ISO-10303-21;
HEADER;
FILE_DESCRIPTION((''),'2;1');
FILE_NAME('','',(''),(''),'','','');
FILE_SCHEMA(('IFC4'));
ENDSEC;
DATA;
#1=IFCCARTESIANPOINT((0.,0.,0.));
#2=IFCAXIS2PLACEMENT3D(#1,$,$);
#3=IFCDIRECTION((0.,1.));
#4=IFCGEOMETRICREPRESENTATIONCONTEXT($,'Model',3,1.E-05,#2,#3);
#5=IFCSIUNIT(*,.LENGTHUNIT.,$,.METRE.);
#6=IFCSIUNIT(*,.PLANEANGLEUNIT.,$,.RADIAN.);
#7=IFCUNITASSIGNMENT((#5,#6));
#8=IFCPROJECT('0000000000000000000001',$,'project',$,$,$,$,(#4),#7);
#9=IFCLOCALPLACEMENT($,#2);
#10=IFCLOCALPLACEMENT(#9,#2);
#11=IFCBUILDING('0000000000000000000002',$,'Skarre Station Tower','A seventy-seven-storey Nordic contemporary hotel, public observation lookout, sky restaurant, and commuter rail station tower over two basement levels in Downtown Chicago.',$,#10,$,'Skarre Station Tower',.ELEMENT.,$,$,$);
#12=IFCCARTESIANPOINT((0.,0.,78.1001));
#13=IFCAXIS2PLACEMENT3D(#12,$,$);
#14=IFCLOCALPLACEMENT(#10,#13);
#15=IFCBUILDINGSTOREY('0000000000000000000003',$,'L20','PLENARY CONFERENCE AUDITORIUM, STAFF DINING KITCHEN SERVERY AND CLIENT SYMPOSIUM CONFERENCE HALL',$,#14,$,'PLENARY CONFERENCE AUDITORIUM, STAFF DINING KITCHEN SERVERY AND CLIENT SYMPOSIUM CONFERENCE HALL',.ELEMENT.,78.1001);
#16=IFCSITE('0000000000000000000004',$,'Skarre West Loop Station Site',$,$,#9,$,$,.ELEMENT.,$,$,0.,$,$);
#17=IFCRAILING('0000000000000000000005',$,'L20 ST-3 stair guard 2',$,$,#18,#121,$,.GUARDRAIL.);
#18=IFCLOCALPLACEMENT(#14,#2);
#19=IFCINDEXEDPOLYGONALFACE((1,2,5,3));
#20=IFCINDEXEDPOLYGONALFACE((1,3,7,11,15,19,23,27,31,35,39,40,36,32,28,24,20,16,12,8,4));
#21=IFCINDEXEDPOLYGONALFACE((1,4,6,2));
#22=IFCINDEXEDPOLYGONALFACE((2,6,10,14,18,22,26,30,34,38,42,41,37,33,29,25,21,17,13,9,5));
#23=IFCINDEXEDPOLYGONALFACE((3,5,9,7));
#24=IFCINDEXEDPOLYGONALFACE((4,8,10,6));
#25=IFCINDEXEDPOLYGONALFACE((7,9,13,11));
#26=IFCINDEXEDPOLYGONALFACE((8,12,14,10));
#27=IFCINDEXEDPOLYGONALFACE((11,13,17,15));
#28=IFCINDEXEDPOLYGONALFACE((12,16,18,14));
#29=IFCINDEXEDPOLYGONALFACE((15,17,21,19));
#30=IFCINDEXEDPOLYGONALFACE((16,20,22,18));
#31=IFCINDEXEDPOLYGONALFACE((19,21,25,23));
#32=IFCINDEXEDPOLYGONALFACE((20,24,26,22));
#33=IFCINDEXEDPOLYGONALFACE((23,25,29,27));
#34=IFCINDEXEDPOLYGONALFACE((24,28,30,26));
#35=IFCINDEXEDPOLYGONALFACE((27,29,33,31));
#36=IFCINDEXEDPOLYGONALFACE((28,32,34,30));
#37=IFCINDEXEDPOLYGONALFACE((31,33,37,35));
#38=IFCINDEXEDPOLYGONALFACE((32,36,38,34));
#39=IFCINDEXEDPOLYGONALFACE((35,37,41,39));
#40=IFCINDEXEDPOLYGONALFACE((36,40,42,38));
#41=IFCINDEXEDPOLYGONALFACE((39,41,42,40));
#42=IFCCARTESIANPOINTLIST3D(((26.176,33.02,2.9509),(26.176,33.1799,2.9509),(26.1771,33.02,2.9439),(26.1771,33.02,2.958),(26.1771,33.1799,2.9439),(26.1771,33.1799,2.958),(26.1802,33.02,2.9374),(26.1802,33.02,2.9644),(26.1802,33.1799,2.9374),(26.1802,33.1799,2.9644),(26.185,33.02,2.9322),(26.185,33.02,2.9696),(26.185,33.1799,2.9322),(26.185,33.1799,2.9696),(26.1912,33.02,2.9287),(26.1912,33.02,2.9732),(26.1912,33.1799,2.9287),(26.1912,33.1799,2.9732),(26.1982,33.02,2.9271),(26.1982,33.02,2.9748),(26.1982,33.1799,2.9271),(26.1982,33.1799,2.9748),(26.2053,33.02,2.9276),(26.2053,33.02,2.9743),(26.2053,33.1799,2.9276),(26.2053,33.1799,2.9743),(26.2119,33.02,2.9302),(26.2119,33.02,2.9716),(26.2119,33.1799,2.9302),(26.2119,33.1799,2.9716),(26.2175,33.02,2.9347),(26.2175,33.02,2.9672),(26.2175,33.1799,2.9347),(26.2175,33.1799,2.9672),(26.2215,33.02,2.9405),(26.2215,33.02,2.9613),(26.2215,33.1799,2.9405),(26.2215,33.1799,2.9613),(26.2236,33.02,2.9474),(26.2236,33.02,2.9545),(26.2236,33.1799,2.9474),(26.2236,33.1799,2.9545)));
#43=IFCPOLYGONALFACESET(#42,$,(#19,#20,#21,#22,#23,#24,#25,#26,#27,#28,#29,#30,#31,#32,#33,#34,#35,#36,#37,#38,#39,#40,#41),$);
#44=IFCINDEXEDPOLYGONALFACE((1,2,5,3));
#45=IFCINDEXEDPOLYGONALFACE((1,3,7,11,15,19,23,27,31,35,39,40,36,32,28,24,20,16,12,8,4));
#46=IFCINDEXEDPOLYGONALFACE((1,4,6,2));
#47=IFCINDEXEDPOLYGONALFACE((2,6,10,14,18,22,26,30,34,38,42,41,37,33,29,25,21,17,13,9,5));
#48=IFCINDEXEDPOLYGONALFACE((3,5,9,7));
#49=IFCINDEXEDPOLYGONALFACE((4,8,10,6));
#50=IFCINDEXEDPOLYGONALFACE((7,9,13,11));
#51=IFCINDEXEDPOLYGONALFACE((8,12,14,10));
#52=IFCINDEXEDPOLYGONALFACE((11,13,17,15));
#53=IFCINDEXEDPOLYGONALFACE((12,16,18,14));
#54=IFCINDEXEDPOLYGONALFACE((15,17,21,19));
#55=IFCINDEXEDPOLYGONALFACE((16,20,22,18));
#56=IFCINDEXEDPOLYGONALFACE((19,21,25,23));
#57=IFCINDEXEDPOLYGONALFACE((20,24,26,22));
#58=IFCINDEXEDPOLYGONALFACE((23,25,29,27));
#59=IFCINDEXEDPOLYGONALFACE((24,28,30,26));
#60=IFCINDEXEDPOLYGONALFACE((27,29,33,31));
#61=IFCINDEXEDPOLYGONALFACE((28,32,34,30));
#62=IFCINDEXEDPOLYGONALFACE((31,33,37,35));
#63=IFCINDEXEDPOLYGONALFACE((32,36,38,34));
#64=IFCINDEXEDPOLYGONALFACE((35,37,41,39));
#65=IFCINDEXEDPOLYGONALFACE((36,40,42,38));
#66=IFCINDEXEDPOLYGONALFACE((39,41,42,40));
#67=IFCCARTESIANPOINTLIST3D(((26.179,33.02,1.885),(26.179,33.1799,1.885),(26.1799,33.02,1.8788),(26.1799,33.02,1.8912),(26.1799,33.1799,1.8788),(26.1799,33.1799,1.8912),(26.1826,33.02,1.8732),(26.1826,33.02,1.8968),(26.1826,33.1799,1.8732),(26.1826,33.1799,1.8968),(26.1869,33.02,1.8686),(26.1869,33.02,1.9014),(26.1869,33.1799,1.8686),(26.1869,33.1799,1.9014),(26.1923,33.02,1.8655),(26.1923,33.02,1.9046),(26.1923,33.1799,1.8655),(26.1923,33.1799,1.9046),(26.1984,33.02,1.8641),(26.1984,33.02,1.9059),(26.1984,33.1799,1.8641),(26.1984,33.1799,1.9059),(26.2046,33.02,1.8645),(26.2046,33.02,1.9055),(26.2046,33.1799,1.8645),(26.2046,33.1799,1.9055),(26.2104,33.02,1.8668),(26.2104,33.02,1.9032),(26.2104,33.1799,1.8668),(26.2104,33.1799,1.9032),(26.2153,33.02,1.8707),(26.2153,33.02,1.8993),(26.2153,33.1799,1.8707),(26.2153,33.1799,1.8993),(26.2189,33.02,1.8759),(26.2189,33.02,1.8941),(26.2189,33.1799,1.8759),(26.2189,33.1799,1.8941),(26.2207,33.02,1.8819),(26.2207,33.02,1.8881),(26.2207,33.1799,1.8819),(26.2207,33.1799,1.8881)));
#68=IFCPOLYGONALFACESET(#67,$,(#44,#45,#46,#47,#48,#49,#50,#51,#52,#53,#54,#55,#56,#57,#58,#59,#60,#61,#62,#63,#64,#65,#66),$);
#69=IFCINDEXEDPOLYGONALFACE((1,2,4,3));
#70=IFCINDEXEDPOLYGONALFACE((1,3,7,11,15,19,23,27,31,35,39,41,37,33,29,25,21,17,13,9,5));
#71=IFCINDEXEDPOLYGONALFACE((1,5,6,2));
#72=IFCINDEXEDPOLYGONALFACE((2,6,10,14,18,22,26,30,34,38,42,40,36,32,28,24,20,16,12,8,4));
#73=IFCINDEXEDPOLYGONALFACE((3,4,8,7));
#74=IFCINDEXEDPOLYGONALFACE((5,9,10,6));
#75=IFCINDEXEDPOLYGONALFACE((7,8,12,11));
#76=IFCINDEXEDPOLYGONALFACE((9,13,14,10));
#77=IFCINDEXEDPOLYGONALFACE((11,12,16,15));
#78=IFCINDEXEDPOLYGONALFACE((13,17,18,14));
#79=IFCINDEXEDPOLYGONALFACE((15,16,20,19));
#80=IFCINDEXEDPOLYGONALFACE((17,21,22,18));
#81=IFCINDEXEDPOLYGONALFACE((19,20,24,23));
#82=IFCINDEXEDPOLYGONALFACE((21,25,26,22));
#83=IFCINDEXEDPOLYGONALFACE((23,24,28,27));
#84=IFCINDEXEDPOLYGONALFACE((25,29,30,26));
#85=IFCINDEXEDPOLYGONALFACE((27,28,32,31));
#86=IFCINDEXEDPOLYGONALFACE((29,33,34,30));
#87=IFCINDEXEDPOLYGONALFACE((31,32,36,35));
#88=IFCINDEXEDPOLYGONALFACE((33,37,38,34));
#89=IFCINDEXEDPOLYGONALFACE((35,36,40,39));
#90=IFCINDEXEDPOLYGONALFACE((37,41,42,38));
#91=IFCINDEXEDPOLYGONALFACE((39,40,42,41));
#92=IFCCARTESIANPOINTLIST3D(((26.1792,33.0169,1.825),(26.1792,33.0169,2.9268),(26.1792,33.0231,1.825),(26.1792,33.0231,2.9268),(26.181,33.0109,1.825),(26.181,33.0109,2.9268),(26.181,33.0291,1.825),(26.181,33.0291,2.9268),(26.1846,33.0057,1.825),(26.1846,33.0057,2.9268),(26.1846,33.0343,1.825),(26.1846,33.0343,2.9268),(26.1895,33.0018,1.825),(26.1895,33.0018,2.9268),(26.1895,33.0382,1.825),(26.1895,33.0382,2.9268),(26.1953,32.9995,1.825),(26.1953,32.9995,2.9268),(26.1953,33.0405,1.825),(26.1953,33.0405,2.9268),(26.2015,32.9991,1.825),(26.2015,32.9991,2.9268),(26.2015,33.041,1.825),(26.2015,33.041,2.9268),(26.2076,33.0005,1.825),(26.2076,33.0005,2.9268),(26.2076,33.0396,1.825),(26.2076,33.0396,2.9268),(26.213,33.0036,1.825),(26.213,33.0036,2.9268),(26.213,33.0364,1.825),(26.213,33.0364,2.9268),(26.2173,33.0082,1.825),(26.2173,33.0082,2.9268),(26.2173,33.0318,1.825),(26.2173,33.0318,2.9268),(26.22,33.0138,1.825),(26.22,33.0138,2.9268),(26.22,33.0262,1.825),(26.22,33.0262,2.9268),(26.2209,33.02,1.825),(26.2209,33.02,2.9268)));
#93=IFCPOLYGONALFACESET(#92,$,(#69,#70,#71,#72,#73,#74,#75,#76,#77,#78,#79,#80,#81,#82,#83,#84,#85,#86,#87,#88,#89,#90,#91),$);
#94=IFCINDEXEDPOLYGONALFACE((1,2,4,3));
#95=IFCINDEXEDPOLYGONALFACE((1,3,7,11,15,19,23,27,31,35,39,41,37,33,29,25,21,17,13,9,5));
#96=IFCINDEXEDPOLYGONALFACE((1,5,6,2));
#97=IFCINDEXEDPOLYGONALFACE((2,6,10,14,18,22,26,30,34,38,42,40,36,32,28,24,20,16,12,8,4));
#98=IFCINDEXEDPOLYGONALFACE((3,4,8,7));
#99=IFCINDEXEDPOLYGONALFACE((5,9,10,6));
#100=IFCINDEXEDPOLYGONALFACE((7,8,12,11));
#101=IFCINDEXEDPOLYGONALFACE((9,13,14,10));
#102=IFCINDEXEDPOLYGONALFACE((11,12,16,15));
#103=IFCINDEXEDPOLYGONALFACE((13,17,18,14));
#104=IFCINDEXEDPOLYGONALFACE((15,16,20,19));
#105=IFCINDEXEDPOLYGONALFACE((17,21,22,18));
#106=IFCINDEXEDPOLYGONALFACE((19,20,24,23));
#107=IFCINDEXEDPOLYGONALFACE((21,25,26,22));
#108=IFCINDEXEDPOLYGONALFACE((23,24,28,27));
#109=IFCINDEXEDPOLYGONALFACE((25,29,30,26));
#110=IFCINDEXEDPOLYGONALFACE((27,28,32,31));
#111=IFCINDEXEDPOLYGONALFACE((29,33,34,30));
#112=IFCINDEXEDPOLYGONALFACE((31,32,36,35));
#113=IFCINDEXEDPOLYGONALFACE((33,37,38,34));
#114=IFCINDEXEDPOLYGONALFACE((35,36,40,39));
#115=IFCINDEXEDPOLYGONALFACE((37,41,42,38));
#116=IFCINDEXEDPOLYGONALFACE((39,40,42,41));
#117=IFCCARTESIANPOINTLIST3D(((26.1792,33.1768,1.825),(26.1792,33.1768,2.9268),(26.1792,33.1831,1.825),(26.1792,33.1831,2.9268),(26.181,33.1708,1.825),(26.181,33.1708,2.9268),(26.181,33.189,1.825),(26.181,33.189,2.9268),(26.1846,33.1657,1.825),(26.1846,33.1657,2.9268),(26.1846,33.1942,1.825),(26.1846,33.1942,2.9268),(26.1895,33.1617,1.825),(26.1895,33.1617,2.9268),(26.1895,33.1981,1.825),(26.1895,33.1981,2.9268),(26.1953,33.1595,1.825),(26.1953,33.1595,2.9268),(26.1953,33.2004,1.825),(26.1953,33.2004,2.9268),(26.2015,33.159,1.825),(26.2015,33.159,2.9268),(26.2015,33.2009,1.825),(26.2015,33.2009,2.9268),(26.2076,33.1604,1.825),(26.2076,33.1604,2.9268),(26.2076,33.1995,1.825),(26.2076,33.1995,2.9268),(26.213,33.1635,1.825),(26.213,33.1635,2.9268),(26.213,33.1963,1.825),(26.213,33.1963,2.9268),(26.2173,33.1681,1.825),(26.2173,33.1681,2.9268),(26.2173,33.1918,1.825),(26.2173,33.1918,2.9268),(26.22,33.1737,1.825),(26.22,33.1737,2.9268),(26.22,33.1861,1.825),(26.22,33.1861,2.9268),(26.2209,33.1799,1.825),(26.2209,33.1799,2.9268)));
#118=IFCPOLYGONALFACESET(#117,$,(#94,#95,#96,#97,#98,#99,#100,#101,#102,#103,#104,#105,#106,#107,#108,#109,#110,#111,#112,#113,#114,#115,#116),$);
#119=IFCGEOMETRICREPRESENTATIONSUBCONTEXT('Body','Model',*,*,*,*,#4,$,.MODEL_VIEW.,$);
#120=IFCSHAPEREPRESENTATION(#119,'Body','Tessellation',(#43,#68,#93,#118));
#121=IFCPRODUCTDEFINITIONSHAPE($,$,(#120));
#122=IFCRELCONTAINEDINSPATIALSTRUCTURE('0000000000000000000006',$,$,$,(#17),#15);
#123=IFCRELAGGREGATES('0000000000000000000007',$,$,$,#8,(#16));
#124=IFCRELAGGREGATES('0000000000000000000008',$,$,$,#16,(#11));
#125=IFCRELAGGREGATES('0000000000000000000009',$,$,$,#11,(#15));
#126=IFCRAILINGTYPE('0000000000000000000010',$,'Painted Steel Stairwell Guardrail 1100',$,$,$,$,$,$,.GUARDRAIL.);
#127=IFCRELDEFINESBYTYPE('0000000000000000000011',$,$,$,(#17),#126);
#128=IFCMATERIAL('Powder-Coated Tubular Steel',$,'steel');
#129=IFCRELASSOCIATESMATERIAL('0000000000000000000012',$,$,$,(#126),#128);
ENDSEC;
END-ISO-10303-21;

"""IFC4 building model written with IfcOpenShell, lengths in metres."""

from ifc_helpers import new_model, si_unit, direction, frame, origin, origin_2d, place, context, subcontext, project, spatial, circle, extrude, material, type_object, element, save


model = new_model("IFC4")

# Units and contexts
model_context = context("Model", 3, precision=1e-05, world=origin(), true_north=direction((0.0, 1.0)))
body_context = subcontext(model_context, "Body", "Model", "MODEL_VIEW")
ifc_project = project(units=[si_unit("LENGTHUNIT", "METRE"), si_unit("PLANEANGLEUNIT", "RADIAN")], contexts=[model_context])

# Site, building, storey
site_placement = place(None, origin())
site = spatial("IfcSite", under=ifc_project, at=site_placement, Name="Skarre West Loop Station Site", CompositionType="ELEMENT", RefElevation=0.0)
building_placement = place(site_placement, origin())
building = spatial("IfcBuilding", under=site, at=building_placement, Name="Skarre Station Tower", Description="A seventy-seven-storey Nordic contemporary hotel, public observation lookout, sky restaurant, and commuter rail station tower over two basement levels in Downtown Chicago.", LongName="Skarre Station Tower", CompositionType="ELEMENT")
storey_placement = place(building_placement, frame((0.0, 0.0, 78.1001)))
storey = spatial("IfcBuildingStorey", under=building, at=storey_placement, Name="L20", Description="PLENARY CONFERENCE AUDITORIUM, STAFF DINING KITCHEN SERVERY AND CLIENT SYMPOSIUM CONFERENCE HALL", LongName="PLENARY CONFERENCE AUDITORIUM, STAFF DINING KITCHEN SERVERY AND CLIENT SYMPOSIUM CONFERENCE HALL", CompositionType="ELEMENT", Elevation=78.1001)

# Railing
ifc_material_1 = material(Name="Powder-Coated Tubular Steel", Category="steel")
railing_type_1 = type_object("IfcRailingType", Name="Painted Steel Stairwell Guardrail 1100", PredefinedType="GUARDRAIL", material=ifc_material_1)
railing_1_placement = place(storey_placement, frame((26.2, 33.02, 1.825)))
element("IfcRailing", 1, at=railing_1_placement, inside=storey, type_object=railing_type_1, Name="L20 ST-3 stair guard 2", PredefinedType="GUARDRAIL", context=body_context, shape_type="SweptSolid", body=[
    extrude(circle(Radius=0.0239, at=origin_2d()), frame((0.0, 0.0, 1.126), z_axis=(0.0, 1.0, 0.0), x_axis=(-1.0, 0.0, 0.0)), (0.0, 0.0, 1.0), 0.1599),
    extrude(circle(Radius=0.021, at=origin_2d()), frame((0.0, 0.0, 0.0601), z_axis=(0.0, 1.0, 0.0), x_axis=(-1.0, 0.0, 0.0)), (0.0, 0.0, 1.0), 0.1599),
    extrude(circle(Radius=0.021, at=origin_2d()), origin(), (0.0, 0.0, 1.0), 1.1018),
    extrude(circle(Radius=0.021, at=origin_2d()), frame((0.0, 0.1599, 0.0)), (0.0, 0.0, 1.0), 1.1018),
])

save(model, "model.ifc")
